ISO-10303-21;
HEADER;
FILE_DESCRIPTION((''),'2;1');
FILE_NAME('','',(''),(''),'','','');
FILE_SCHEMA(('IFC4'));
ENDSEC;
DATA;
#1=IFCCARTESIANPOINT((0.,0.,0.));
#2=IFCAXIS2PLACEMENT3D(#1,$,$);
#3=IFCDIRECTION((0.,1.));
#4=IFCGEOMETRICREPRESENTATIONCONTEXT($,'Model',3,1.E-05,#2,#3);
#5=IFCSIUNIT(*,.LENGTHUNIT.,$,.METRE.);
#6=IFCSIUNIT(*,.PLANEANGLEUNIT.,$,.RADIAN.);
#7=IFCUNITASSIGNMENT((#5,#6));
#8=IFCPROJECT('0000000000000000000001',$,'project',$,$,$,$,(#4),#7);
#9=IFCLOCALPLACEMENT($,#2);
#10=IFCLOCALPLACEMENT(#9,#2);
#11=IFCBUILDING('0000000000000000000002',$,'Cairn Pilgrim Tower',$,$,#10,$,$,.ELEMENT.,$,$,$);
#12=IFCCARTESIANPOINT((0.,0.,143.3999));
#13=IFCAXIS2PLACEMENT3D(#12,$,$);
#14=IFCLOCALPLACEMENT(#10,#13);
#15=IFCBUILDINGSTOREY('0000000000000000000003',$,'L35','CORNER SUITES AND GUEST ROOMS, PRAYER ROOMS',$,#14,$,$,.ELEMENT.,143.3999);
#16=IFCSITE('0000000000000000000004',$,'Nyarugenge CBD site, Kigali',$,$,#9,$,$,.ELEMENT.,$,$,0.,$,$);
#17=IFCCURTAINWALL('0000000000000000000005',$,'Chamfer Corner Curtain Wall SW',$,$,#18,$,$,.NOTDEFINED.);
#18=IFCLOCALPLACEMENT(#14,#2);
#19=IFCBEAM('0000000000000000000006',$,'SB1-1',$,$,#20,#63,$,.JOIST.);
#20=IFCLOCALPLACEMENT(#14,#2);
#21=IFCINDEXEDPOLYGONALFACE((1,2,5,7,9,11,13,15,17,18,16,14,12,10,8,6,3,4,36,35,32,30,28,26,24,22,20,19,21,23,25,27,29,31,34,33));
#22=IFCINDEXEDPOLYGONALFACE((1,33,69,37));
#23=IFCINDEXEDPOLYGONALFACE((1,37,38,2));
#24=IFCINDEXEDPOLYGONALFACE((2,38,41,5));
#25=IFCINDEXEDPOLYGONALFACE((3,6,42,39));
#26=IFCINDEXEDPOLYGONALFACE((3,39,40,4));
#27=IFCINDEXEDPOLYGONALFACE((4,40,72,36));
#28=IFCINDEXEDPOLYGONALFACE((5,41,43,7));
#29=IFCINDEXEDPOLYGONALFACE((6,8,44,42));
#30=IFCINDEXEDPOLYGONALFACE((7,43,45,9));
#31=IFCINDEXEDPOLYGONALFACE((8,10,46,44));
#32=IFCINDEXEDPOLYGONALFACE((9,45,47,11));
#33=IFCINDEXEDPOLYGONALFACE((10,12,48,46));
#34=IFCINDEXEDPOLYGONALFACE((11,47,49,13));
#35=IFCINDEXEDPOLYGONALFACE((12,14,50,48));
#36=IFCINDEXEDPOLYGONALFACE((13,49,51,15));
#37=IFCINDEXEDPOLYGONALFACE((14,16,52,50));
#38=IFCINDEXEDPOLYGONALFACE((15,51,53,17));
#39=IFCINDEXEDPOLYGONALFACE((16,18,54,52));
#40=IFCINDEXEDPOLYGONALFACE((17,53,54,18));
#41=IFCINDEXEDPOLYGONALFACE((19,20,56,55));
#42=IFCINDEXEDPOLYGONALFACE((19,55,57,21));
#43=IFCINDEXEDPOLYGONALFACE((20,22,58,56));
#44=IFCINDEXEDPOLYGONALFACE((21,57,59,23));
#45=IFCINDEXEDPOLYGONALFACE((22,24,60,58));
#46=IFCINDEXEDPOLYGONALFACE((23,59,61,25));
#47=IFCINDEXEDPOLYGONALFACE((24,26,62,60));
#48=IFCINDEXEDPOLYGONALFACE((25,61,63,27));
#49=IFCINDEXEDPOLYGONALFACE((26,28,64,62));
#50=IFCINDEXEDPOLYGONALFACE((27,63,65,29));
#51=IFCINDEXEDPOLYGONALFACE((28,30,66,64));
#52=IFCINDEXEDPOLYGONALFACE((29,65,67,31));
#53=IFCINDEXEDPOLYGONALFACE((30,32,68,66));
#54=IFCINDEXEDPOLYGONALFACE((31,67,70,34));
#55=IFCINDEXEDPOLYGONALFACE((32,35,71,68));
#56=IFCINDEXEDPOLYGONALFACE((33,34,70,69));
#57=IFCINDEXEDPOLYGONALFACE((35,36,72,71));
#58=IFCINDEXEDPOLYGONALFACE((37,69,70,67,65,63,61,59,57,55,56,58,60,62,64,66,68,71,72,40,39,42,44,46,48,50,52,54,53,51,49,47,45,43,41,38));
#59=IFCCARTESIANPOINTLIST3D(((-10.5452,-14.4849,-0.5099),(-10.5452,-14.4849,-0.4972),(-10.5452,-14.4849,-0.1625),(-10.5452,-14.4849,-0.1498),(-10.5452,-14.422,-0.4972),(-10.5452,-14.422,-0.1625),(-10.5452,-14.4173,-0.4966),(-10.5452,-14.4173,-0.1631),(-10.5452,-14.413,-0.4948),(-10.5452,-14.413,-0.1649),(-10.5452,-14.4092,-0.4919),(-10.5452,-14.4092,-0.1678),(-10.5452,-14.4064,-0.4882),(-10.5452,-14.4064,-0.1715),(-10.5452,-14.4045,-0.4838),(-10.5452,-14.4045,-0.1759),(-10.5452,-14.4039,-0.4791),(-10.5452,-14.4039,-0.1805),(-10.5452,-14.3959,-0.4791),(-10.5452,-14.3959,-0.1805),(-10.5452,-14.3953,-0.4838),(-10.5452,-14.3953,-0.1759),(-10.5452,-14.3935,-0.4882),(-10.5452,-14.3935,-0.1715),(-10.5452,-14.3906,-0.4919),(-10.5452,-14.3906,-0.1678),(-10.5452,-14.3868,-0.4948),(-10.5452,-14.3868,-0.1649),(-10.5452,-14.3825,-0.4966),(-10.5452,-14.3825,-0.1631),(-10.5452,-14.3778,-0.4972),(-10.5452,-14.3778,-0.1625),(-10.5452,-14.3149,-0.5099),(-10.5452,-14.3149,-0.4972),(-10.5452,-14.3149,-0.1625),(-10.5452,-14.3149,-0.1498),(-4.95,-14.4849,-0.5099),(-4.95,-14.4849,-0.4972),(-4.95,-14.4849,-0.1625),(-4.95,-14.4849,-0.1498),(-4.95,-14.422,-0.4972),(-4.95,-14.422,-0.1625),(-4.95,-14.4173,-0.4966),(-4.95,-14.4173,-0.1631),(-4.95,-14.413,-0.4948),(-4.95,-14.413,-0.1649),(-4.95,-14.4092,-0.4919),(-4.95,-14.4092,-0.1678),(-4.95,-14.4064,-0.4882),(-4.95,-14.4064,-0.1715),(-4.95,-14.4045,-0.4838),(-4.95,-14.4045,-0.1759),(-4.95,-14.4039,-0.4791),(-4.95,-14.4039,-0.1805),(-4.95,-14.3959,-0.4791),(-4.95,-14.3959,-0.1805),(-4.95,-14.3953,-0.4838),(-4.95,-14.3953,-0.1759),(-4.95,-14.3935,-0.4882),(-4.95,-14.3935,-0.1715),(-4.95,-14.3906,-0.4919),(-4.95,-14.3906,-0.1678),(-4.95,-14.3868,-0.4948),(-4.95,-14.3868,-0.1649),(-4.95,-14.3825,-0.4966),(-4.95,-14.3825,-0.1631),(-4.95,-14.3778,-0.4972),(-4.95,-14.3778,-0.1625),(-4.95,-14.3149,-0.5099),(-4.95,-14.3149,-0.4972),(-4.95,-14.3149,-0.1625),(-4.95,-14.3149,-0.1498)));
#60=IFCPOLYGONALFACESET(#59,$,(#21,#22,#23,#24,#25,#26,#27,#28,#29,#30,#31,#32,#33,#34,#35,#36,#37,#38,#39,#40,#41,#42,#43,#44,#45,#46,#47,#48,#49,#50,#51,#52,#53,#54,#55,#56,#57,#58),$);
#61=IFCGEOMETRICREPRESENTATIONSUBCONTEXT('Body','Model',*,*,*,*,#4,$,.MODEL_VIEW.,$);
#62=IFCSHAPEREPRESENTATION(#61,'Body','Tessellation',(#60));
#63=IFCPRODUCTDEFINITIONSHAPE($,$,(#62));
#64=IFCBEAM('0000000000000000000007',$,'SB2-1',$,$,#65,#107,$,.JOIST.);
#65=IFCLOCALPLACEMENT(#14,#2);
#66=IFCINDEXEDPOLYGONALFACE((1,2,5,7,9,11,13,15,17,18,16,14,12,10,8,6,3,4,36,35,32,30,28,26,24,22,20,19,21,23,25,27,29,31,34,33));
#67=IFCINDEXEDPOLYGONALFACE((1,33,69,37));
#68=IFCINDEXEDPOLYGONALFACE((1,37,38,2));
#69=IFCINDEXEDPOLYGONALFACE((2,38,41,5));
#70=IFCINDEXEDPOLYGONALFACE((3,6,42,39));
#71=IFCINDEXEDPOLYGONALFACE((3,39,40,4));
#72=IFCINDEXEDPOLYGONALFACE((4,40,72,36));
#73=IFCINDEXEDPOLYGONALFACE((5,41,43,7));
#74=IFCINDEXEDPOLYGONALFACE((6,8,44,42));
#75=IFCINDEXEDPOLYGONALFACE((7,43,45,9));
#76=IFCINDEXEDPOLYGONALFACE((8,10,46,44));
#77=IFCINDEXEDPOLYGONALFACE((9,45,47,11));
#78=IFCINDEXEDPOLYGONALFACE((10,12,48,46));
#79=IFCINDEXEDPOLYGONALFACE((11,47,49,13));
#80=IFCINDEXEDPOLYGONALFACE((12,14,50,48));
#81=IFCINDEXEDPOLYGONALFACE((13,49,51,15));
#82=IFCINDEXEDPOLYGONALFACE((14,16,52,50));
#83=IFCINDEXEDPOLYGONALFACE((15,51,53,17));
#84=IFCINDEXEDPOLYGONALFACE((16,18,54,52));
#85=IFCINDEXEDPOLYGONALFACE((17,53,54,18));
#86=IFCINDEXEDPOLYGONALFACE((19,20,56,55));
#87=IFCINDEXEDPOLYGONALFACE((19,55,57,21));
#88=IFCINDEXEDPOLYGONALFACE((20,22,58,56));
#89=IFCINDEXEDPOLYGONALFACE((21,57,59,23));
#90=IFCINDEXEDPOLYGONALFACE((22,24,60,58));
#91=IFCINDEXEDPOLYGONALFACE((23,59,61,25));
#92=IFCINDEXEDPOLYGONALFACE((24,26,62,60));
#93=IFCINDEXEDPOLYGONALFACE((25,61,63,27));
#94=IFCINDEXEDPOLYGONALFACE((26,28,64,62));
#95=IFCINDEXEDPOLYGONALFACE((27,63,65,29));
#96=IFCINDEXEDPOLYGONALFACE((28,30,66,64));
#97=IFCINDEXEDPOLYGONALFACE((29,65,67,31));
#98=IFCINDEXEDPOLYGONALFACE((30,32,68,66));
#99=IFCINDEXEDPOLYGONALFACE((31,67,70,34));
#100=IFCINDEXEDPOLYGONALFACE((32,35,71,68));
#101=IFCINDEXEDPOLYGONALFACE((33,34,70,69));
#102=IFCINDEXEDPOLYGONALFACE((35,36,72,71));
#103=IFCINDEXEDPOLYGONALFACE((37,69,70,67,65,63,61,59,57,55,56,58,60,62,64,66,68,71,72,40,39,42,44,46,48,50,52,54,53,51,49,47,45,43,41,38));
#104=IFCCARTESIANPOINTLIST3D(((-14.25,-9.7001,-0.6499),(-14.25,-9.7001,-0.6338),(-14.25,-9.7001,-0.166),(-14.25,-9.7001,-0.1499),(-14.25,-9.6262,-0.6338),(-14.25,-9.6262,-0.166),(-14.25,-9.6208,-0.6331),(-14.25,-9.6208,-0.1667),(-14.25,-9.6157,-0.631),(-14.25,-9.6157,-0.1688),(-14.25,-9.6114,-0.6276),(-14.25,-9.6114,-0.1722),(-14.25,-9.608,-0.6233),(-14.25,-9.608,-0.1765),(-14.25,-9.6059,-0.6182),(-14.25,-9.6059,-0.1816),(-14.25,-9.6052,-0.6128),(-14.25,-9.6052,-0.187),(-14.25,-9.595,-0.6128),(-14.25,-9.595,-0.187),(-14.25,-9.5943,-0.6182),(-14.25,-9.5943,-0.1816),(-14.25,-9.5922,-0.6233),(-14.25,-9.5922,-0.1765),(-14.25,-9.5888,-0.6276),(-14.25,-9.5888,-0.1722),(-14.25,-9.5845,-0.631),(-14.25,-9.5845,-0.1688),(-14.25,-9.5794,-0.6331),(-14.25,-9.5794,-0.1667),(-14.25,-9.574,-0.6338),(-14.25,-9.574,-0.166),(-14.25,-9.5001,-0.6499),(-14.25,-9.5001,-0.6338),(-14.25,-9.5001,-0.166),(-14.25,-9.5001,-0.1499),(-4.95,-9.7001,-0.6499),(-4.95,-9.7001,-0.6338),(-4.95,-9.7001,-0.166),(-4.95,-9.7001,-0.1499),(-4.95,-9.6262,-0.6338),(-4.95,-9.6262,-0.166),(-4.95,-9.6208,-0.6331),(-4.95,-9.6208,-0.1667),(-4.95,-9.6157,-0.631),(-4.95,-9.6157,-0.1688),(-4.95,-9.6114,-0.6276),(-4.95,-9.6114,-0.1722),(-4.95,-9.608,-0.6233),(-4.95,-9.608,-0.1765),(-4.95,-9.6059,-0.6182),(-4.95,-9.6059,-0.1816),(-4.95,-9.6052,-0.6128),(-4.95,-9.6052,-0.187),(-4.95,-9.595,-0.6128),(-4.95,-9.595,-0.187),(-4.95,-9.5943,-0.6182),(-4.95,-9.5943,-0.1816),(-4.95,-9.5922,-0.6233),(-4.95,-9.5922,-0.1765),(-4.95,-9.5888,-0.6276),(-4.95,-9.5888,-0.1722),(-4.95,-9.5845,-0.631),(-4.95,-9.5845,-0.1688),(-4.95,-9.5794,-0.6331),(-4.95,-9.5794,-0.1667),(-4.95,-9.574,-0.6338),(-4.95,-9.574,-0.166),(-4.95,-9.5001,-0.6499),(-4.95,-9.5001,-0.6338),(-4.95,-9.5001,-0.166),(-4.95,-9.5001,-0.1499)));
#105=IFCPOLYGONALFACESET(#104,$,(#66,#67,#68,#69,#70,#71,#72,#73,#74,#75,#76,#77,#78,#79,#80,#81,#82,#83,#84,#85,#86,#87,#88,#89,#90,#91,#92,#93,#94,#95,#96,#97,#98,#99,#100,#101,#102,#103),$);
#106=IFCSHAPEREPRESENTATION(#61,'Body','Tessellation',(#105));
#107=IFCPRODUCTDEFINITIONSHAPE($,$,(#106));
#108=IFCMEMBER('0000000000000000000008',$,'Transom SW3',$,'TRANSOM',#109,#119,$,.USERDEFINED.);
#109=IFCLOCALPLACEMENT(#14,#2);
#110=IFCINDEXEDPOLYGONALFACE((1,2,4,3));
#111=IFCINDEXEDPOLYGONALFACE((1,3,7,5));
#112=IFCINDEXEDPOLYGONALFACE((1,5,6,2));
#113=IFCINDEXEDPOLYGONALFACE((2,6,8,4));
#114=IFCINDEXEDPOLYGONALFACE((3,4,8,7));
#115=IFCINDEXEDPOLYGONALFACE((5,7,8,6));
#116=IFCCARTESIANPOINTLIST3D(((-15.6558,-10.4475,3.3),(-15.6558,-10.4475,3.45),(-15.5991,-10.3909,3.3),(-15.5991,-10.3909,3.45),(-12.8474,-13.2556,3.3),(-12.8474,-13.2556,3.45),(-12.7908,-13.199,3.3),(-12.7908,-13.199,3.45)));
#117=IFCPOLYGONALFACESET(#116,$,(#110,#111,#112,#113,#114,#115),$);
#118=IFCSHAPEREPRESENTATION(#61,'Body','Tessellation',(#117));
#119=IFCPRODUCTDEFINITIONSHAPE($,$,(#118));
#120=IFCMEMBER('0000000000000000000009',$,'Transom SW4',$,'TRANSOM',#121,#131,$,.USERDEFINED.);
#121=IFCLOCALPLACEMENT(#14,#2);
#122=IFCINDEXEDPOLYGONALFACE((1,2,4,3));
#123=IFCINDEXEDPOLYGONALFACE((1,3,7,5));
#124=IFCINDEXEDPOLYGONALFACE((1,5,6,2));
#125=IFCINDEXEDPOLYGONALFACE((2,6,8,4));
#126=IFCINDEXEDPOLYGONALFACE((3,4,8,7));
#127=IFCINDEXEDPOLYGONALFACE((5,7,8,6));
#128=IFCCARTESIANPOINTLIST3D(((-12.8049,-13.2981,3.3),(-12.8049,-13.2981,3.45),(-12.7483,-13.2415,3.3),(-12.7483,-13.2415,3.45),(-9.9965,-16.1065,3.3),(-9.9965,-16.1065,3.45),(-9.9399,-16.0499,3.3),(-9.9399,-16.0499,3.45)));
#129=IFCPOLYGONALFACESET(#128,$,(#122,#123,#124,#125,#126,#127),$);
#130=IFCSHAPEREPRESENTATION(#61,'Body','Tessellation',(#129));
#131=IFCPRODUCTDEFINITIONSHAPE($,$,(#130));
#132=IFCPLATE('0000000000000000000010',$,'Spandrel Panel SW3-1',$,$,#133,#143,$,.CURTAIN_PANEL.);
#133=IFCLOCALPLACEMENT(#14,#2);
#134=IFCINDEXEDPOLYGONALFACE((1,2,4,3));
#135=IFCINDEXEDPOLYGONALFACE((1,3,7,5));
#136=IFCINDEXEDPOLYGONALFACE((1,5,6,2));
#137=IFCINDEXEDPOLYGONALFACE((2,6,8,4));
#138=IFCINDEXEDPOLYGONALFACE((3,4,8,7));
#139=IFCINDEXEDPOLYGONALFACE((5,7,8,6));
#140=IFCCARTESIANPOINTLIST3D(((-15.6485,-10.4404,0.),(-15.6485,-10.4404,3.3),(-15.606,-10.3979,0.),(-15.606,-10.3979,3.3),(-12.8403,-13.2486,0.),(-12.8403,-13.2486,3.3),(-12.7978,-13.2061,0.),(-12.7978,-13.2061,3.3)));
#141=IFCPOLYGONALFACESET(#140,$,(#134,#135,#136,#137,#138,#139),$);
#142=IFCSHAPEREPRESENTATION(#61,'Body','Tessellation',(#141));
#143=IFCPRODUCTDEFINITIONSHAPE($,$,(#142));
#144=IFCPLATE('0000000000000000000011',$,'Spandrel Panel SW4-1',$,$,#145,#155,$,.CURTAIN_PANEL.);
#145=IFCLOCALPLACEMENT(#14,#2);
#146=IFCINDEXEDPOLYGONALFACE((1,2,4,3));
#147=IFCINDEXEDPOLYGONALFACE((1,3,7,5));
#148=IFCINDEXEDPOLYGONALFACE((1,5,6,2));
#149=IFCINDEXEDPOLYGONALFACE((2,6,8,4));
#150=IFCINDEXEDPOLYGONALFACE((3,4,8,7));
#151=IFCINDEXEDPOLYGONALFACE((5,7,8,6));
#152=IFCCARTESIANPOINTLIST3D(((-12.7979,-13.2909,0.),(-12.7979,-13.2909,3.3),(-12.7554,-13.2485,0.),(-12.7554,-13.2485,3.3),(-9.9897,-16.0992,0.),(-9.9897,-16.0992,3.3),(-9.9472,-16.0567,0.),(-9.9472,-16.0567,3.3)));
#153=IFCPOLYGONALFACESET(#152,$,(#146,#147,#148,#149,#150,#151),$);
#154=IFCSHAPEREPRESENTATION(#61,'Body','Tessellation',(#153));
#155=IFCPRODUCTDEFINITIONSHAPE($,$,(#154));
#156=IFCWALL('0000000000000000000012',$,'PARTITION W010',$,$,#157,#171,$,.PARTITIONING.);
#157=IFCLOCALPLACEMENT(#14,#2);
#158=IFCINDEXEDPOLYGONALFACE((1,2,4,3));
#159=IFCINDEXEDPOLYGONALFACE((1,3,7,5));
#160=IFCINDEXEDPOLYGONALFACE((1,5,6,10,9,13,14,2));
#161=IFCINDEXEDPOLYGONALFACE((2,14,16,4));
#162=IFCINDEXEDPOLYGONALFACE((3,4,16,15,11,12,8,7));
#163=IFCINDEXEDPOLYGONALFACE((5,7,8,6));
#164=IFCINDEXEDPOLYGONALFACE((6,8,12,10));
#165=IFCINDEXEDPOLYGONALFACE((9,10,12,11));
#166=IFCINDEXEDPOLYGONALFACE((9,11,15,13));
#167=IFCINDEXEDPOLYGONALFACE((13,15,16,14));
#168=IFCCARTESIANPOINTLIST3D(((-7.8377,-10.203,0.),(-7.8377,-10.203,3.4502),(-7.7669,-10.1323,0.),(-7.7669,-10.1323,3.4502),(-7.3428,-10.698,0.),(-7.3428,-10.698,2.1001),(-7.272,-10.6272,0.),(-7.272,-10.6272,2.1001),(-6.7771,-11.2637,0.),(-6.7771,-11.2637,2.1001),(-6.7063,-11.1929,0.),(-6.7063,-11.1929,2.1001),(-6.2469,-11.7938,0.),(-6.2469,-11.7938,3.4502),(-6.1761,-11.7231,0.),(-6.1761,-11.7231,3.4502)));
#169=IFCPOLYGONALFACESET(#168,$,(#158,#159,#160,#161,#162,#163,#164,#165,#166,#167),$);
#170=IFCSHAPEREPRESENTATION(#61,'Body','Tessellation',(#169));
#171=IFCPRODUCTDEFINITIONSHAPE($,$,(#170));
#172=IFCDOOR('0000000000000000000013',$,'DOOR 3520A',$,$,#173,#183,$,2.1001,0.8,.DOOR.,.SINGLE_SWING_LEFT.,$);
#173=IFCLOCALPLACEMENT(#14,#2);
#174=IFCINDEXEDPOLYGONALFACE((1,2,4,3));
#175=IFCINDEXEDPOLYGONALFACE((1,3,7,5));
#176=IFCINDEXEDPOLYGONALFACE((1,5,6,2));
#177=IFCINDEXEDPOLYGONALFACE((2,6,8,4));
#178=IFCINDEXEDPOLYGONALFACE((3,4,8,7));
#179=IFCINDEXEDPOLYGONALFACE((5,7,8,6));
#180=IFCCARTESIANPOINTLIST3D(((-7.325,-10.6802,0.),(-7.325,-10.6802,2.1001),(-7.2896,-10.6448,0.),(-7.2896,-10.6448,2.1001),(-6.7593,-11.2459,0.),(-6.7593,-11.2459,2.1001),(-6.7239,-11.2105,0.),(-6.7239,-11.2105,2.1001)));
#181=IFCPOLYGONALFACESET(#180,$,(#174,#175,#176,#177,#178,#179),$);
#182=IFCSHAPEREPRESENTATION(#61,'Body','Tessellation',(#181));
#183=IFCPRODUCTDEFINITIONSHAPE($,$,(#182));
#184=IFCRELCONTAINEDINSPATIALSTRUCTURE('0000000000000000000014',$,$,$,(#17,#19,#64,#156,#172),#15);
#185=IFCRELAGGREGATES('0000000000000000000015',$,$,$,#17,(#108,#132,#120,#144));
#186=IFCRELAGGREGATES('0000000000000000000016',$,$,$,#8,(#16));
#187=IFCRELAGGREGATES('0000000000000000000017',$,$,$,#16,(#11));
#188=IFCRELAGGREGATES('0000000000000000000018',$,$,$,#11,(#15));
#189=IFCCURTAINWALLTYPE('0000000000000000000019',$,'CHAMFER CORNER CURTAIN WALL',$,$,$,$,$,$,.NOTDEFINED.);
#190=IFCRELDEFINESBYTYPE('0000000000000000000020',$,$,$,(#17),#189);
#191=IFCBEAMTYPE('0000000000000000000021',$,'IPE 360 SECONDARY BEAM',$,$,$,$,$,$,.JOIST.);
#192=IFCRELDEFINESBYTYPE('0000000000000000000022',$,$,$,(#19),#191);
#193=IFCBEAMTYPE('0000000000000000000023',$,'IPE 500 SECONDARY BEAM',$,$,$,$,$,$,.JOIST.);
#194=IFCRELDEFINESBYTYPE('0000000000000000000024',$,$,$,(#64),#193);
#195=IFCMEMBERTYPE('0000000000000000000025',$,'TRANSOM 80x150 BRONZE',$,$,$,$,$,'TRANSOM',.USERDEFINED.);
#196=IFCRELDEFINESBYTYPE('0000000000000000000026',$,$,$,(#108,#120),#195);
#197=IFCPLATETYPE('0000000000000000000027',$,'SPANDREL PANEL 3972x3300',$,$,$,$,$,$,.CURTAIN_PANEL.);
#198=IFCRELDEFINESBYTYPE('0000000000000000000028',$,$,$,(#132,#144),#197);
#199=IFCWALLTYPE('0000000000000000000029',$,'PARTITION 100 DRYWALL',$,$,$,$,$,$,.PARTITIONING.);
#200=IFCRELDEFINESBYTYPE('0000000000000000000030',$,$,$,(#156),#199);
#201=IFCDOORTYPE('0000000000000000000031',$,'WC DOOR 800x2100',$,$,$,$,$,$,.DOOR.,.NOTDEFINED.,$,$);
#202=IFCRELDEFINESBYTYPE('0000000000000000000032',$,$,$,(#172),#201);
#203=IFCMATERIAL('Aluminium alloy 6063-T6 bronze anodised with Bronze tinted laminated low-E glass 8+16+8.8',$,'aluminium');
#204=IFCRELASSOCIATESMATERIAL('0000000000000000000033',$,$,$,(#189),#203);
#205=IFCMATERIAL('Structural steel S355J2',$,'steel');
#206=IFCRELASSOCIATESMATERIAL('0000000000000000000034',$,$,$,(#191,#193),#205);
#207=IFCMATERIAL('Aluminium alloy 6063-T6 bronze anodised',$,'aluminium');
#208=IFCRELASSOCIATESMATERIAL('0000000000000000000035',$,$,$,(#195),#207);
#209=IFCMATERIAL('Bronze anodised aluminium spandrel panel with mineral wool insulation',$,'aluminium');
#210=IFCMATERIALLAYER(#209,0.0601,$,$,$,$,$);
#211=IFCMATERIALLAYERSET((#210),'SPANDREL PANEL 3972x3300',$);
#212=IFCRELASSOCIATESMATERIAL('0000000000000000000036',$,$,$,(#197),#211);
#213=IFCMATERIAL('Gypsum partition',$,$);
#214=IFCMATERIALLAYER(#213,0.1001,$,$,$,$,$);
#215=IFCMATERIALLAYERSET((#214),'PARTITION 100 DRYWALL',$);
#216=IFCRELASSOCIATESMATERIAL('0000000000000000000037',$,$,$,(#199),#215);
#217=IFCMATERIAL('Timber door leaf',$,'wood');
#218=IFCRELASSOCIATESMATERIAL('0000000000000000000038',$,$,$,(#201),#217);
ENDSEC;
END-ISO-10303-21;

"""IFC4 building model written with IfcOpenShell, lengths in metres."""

from ifc_helpers import new_model, si_unit, direction, frame, frame_2d, origin, origin_2d, place, context, subcontext, project, spatial, rectangle, i_section, extrude, material, layer, layer_set, material_profile, profile_set, type_object, element, fill, aggregate, save


model = new_model("IFC4")

# Units and contexts
model_context = context("Model", 3, precision=1e-05, world=origin(), true_north=direction((0.0, 1.0)))
body_context = subcontext(model_context, "Body", "Model", "MODEL_VIEW")
ifc_project = project(units=[si_unit("LENGTHUNIT", "METRE"), si_unit("PLANEANGLEUNIT", "RADIAN")], contexts=[model_context])

# Site, building, storey
site_placement = place(None, origin())
site = spatial("IfcSite", under=ifc_project, at=site_placement, Name="Nyarugenge CBD site, Kigali", CompositionType="ELEMENT", RefElevation=0.0)
building_placement = place(site_placement, origin())
building = spatial("IfcBuilding", under=site, at=building_placement, Name="Cairn Pilgrim Tower", CompositionType="ELEMENT")
storey_placement = place(building_placement, frame((0.0, 0.0, 143.3999)))
storey = spatial("IfcBuildingStorey", under=building, at=storey_placement, Name="L35", Description="CORNER SUITES AND GUEST ROOMS, PRAYER ROOMS", CompositionType="ELEMENT", Elevation=143.3999)

# Shared definitions
ifc_material_1 = material(Name="Structural steel S355J2", Category="steel")

# Shared definitions
ifc_material_2 = material(Name="Aluminium alloy 6063-T6 bronze anodised with Bronze tinted laminated low-E glass 8+16+8.8", Category="aluminium")
ifc_material_3 = material(Name="Aluminium alloy 6063-T6 bronze anodised", Category="aluminium")

# Curtain wall
curtain_wall_type_1 = type_object("IfcCurtainWallType", Name="CHAMFER CORNER CURTAIN WALL", PredefinedType="NOTDEFINED", material=ifc_material_2)
curtain_wall_1_placement = place(storey_placement, origin())
curtain_wall_1 = element("IfcCurtainWall", 1, at=curtain_wall_1_placement, inside=storey, type_object=curtain_wall_type_1, Name="Chamfer Corner Curtain Wall SW", PredefinedType="NOTDEFINED")

# Beams
ifc_material_profile_1 = material_profile(ifc_material_1, i_section(OverallWidth=0.1699, OverallDepth=0.3601, WebThickness=0.0081, FlangeThickness=0.0127, FilletRadius=0.0181, at=origin_2d()), Name="IPE 360")
ifc_profile_set_1 = profile_set([ifc_material_profile_1], Name="Structural steel S355J2")
beam_type_1 = type_object("IfcBeamType", Name="IPE 360 SECONDARY BEAM", PredefinedType="JOIST", material=ifc_profile_set_1)
beam_1_placement = place(storey_placement, frame((-10.5452, -14.3999, -0.3298), z_axis=(1.0, 0.0, 0.0), x_axis=(0.0, 1.0, 0.0)))
element("IfcBeam", 2, at=beam_1_placement, inside=storey, type_object=beam_type_1, Name="SB1-1", PredefinedType="JOIST", context=body_context, shape_type="SweptSolid", body=[
    extrude(i_section(OverallWidth=0.1699, OverallDepth=0.3601, WebThickness=0.0081, FlangeThickness=0.0127, FilletRadius=0.0181, at=origin_2d()), origin(), (0.0, 0.0, 1.0), 5.5952),
])
ifc_material_profile_2 = material_profile(ifc_material_1, i_section(OverallWidth=0.2, OverallDepth=0.5, WebThickness=0.0103, FlangeThickness=0.0161, FilletRadius=0.021, at=origin_2d()), Name="IPE 500")
ifc_profile_set_2 = profile_set([ifc_material_profile_2], Name="Structural steel S355J2")
beam_type_2 = type_object("IfcBeamType", Name="IPE 500 SECONDARY BEAM", PredefinedType="JOIST", material=ifc_profile_set_2)
beam_2_placement = place(storey_placement, frame((-14.25, -9.6001, -0.3999), z_axis=(1.0, 0.0, 0.0), x_axis=(0.0, 1.0, 0.0)))
element("IfcBeam", 3, at=beam_2_placement, inside=storey, type_object=beam_type_2, Name="SB2-1", PredefinedType="JOIST", context=body_context, shape_type="SweptSolid", body=[
    extrude(i_section(OverallWidth=0.2, OverallDepth=0.5, WebThickness=0.0103, FlangeThickness=0.0161, FilletRadius=0.021, at=origin_2d()), origin(), (0.0, 0.0, 1.0), 9.3),
])

# Members
ifc_material_profile_3 = material_profile(ifc_material_3, rectangle(XDim=0.0801, YDim=0.1499, at=origin_2d()), Name="TRANSOM 80x150 BRONZE")
ifc_profile_set_3 = profile_set([ifc_material_profile_3], Name="Aluminium alloy 6063-T6 bronze anodised")
member_type_1 = type_object("IfcMemberType", Name="TRANSOM 80x150 BRONZE", ElementType="TRANSOM", PredefinedType="USERDEFINED", material=ifc_profile_set_3)
member_1_placement = place(storey_placement, frame((-15.6274, -10.4192, 3.375), z_axis=(0.707138, -0.707076, 0.0), x_axis=(0.707076, 0.707138, 0.0)))
member_1 = element("IfcMember", 4, at=member_1_placement, type_object=member_type_1, Name="Transom SW3", ObjectType="TRANSOM", PredefinedType="USERDEFINED", context=body_context, shape_type="SweptSolid", body=[
    extrude(rectangle(XDim=0.0801, YDim=0.1499, at=origin_2d()), origin(), (0.0, 0.0, 1.0), 3.9714),
])
member_2_placement = place(storey_placement, frame((-12.7766, -13.2698, 3.375), z_axis=(0.707107, -0.707107, 0.0), x_axis=(0.707107, 0.707107, 0.0)))
member_2 = element("IfcMember", 5, at=member_2_placement, type_object=member_type_1, Name="Transom SW4", ObjectType="TRANSOM", PredefinedType="USERDEFINED", context=body_context, shape_type="SweptSolid", body=[
    extrude(rectangle(XDim=0.0801, YDim=0.1499, at=origin_2d()), origin(), (0.0, 0.0, 1.0), 3.9717),
])

# Plates
ifc_material_4 = material(Name="Bronze anodised aluminium spandrel panel with mineral wool insulation", Category="aluminium")
ifc_layer_1 = layer(ifc_material_4, 0.0601)
ifc_layer_set_1 = layer_set([ifc_layer_1], Name="SPANDREL PANEL 3972x3300")
plate_type = type_object("IfcPlateType", Name="SPANDREL PANEL 3972x3300", PredefinedType="CURTAIN_PANEL", material=ifc_layer_set_1)
plate_1_placement = place(storey_placement, frame((-14.2231, -11.8232, 0.0), z_axis=(0.0, 0.0, 1.0), x_axis=(0.707107, -0.707107, 0.0)))
plate_1 = element("IfcPlate", 6, at=plate_1_placement, type_object=plate_type, Name="Spandrel Panel SW3-1", PredefinedType="CURTAIN_PANEL", context=body_context, shape_type="SweptSolid", body=[
    extrude(rectangle(XDim=3.9714, YDim=0.0601, at=origin_2d()), origin(), (0.0, 0.0, 1.0), 3.3),
])
plate_2_placement = place(storey_placement, frame((-11.3726, -14.6738, 0.0), z_axis=(0.0, 0.0, 1.0), x_axis=(0.707107, -0.707107, 0.0)))
plate_2 = element("IfcPlate", 7, at=plate_2_placement, type_object=plate_type, Name="Spandrel Panel SW4-1", PredefinedType="CURTAIN_PANEL", context=body_context, shape_type="SweptSolid", body=[
    extrude(rectangle(XDim=3.9714, YDim=0.0601, at=origin_2d()), origin(), (0.0, 0.0, 1.0), 3.3),
])
aggregate(curtain_wall_1, [member_1, plate_1, member_2, plate_2])

# Wall, opening, door
ifc_material_5 = material(Name="Gypsum partition")
ifc_layer_2 = layer(ifc_material_5, 0.1001)
ifc_layer_set_2 = layer_set([ifc_layer_2], Name="PARTITION 100 DRYWALL")
wall_type_1 = type_object("IfcWallType", Name="PARTITION 100 DRYWALL", PredefinedType="PARTITIONING", material=ifc_layer_set_2)
wall_1_placement = place(storey_placement, frame((-6.2114, -11.7585, 0.0), z_axis=(0.0, 0.0, 1.0), x_axis=(-0.707107, 0.707107, 0.0)))
wall_1 = element("IfcWall", 8, at=wall_1_placement, inside=storey, type_object=wall_type_1, Name="PARTITION W010", PredefinedType="PARTITIONING", context=body_context, shape_type="SweptSolid", body=[
    extrude(rectangle(XDim=2.2498, YDim=0.1001, at=frame_2d((1.125, 0.0))), origin(), (0.0, 0.0, 1.0), 3.4502),
])
opening_1_placement = place(wall_1_placement, frame((0.75, 0.0, 0.0)))
opening_1 = element("IfcOpeningElement", 9, at=opening_1_placement, cuts=wall_1, PredefinedType="OPENING", context=body_context, shape_type="SweptSolid", body=[
    extrude(rectangle(XDim=0.8, YDim=2.1001, at=frame_2d((0.3999, 1.05))), frame((0.0, 0.0601, 0.0), z_axis=(0.0, -1.0, 0.0), x_axis=(1.0, 0.0, 0.0)), (0.0, 0.0, 1.0), 0.1201),
])
ifc_material_6 = material(Name="Timber door leaf", Category="wood")
door_type_1 = type_object("IfcDoorType", Name="WC DOOR 800x2100", OperationType="NOTDEFINED", PredefinedType="DOOR", material=ifc_material_6)
door_1_placement = place(opening_1_placement, origin())
door_1 = element("IfcDoor", 10, at=door_1_placement, inside=storey, type_object=door_type_1, Name="DOOR 3520A", OperationType="SINGLE_SWING_LEFT", OverallHeight=2.1001, OverallWidth=0.8, PredefinedType="DOOR", context=body_context, shape_type="SweptSolid", body=[
    extrude(rectangle(XDim=0.8, YDim=2.1001, at=frame_2d((0.3999, 1.05))), frame((0.0, 0.0249, 0.0), z_axis=(0.0, -1.0, 0.0), x_axis=(1.0, 0.0, 0.0)), (0.0, 0.0, 1.0), 0.05),
])
fill(opening_1, door_1)

save(model, "model.ifc")
